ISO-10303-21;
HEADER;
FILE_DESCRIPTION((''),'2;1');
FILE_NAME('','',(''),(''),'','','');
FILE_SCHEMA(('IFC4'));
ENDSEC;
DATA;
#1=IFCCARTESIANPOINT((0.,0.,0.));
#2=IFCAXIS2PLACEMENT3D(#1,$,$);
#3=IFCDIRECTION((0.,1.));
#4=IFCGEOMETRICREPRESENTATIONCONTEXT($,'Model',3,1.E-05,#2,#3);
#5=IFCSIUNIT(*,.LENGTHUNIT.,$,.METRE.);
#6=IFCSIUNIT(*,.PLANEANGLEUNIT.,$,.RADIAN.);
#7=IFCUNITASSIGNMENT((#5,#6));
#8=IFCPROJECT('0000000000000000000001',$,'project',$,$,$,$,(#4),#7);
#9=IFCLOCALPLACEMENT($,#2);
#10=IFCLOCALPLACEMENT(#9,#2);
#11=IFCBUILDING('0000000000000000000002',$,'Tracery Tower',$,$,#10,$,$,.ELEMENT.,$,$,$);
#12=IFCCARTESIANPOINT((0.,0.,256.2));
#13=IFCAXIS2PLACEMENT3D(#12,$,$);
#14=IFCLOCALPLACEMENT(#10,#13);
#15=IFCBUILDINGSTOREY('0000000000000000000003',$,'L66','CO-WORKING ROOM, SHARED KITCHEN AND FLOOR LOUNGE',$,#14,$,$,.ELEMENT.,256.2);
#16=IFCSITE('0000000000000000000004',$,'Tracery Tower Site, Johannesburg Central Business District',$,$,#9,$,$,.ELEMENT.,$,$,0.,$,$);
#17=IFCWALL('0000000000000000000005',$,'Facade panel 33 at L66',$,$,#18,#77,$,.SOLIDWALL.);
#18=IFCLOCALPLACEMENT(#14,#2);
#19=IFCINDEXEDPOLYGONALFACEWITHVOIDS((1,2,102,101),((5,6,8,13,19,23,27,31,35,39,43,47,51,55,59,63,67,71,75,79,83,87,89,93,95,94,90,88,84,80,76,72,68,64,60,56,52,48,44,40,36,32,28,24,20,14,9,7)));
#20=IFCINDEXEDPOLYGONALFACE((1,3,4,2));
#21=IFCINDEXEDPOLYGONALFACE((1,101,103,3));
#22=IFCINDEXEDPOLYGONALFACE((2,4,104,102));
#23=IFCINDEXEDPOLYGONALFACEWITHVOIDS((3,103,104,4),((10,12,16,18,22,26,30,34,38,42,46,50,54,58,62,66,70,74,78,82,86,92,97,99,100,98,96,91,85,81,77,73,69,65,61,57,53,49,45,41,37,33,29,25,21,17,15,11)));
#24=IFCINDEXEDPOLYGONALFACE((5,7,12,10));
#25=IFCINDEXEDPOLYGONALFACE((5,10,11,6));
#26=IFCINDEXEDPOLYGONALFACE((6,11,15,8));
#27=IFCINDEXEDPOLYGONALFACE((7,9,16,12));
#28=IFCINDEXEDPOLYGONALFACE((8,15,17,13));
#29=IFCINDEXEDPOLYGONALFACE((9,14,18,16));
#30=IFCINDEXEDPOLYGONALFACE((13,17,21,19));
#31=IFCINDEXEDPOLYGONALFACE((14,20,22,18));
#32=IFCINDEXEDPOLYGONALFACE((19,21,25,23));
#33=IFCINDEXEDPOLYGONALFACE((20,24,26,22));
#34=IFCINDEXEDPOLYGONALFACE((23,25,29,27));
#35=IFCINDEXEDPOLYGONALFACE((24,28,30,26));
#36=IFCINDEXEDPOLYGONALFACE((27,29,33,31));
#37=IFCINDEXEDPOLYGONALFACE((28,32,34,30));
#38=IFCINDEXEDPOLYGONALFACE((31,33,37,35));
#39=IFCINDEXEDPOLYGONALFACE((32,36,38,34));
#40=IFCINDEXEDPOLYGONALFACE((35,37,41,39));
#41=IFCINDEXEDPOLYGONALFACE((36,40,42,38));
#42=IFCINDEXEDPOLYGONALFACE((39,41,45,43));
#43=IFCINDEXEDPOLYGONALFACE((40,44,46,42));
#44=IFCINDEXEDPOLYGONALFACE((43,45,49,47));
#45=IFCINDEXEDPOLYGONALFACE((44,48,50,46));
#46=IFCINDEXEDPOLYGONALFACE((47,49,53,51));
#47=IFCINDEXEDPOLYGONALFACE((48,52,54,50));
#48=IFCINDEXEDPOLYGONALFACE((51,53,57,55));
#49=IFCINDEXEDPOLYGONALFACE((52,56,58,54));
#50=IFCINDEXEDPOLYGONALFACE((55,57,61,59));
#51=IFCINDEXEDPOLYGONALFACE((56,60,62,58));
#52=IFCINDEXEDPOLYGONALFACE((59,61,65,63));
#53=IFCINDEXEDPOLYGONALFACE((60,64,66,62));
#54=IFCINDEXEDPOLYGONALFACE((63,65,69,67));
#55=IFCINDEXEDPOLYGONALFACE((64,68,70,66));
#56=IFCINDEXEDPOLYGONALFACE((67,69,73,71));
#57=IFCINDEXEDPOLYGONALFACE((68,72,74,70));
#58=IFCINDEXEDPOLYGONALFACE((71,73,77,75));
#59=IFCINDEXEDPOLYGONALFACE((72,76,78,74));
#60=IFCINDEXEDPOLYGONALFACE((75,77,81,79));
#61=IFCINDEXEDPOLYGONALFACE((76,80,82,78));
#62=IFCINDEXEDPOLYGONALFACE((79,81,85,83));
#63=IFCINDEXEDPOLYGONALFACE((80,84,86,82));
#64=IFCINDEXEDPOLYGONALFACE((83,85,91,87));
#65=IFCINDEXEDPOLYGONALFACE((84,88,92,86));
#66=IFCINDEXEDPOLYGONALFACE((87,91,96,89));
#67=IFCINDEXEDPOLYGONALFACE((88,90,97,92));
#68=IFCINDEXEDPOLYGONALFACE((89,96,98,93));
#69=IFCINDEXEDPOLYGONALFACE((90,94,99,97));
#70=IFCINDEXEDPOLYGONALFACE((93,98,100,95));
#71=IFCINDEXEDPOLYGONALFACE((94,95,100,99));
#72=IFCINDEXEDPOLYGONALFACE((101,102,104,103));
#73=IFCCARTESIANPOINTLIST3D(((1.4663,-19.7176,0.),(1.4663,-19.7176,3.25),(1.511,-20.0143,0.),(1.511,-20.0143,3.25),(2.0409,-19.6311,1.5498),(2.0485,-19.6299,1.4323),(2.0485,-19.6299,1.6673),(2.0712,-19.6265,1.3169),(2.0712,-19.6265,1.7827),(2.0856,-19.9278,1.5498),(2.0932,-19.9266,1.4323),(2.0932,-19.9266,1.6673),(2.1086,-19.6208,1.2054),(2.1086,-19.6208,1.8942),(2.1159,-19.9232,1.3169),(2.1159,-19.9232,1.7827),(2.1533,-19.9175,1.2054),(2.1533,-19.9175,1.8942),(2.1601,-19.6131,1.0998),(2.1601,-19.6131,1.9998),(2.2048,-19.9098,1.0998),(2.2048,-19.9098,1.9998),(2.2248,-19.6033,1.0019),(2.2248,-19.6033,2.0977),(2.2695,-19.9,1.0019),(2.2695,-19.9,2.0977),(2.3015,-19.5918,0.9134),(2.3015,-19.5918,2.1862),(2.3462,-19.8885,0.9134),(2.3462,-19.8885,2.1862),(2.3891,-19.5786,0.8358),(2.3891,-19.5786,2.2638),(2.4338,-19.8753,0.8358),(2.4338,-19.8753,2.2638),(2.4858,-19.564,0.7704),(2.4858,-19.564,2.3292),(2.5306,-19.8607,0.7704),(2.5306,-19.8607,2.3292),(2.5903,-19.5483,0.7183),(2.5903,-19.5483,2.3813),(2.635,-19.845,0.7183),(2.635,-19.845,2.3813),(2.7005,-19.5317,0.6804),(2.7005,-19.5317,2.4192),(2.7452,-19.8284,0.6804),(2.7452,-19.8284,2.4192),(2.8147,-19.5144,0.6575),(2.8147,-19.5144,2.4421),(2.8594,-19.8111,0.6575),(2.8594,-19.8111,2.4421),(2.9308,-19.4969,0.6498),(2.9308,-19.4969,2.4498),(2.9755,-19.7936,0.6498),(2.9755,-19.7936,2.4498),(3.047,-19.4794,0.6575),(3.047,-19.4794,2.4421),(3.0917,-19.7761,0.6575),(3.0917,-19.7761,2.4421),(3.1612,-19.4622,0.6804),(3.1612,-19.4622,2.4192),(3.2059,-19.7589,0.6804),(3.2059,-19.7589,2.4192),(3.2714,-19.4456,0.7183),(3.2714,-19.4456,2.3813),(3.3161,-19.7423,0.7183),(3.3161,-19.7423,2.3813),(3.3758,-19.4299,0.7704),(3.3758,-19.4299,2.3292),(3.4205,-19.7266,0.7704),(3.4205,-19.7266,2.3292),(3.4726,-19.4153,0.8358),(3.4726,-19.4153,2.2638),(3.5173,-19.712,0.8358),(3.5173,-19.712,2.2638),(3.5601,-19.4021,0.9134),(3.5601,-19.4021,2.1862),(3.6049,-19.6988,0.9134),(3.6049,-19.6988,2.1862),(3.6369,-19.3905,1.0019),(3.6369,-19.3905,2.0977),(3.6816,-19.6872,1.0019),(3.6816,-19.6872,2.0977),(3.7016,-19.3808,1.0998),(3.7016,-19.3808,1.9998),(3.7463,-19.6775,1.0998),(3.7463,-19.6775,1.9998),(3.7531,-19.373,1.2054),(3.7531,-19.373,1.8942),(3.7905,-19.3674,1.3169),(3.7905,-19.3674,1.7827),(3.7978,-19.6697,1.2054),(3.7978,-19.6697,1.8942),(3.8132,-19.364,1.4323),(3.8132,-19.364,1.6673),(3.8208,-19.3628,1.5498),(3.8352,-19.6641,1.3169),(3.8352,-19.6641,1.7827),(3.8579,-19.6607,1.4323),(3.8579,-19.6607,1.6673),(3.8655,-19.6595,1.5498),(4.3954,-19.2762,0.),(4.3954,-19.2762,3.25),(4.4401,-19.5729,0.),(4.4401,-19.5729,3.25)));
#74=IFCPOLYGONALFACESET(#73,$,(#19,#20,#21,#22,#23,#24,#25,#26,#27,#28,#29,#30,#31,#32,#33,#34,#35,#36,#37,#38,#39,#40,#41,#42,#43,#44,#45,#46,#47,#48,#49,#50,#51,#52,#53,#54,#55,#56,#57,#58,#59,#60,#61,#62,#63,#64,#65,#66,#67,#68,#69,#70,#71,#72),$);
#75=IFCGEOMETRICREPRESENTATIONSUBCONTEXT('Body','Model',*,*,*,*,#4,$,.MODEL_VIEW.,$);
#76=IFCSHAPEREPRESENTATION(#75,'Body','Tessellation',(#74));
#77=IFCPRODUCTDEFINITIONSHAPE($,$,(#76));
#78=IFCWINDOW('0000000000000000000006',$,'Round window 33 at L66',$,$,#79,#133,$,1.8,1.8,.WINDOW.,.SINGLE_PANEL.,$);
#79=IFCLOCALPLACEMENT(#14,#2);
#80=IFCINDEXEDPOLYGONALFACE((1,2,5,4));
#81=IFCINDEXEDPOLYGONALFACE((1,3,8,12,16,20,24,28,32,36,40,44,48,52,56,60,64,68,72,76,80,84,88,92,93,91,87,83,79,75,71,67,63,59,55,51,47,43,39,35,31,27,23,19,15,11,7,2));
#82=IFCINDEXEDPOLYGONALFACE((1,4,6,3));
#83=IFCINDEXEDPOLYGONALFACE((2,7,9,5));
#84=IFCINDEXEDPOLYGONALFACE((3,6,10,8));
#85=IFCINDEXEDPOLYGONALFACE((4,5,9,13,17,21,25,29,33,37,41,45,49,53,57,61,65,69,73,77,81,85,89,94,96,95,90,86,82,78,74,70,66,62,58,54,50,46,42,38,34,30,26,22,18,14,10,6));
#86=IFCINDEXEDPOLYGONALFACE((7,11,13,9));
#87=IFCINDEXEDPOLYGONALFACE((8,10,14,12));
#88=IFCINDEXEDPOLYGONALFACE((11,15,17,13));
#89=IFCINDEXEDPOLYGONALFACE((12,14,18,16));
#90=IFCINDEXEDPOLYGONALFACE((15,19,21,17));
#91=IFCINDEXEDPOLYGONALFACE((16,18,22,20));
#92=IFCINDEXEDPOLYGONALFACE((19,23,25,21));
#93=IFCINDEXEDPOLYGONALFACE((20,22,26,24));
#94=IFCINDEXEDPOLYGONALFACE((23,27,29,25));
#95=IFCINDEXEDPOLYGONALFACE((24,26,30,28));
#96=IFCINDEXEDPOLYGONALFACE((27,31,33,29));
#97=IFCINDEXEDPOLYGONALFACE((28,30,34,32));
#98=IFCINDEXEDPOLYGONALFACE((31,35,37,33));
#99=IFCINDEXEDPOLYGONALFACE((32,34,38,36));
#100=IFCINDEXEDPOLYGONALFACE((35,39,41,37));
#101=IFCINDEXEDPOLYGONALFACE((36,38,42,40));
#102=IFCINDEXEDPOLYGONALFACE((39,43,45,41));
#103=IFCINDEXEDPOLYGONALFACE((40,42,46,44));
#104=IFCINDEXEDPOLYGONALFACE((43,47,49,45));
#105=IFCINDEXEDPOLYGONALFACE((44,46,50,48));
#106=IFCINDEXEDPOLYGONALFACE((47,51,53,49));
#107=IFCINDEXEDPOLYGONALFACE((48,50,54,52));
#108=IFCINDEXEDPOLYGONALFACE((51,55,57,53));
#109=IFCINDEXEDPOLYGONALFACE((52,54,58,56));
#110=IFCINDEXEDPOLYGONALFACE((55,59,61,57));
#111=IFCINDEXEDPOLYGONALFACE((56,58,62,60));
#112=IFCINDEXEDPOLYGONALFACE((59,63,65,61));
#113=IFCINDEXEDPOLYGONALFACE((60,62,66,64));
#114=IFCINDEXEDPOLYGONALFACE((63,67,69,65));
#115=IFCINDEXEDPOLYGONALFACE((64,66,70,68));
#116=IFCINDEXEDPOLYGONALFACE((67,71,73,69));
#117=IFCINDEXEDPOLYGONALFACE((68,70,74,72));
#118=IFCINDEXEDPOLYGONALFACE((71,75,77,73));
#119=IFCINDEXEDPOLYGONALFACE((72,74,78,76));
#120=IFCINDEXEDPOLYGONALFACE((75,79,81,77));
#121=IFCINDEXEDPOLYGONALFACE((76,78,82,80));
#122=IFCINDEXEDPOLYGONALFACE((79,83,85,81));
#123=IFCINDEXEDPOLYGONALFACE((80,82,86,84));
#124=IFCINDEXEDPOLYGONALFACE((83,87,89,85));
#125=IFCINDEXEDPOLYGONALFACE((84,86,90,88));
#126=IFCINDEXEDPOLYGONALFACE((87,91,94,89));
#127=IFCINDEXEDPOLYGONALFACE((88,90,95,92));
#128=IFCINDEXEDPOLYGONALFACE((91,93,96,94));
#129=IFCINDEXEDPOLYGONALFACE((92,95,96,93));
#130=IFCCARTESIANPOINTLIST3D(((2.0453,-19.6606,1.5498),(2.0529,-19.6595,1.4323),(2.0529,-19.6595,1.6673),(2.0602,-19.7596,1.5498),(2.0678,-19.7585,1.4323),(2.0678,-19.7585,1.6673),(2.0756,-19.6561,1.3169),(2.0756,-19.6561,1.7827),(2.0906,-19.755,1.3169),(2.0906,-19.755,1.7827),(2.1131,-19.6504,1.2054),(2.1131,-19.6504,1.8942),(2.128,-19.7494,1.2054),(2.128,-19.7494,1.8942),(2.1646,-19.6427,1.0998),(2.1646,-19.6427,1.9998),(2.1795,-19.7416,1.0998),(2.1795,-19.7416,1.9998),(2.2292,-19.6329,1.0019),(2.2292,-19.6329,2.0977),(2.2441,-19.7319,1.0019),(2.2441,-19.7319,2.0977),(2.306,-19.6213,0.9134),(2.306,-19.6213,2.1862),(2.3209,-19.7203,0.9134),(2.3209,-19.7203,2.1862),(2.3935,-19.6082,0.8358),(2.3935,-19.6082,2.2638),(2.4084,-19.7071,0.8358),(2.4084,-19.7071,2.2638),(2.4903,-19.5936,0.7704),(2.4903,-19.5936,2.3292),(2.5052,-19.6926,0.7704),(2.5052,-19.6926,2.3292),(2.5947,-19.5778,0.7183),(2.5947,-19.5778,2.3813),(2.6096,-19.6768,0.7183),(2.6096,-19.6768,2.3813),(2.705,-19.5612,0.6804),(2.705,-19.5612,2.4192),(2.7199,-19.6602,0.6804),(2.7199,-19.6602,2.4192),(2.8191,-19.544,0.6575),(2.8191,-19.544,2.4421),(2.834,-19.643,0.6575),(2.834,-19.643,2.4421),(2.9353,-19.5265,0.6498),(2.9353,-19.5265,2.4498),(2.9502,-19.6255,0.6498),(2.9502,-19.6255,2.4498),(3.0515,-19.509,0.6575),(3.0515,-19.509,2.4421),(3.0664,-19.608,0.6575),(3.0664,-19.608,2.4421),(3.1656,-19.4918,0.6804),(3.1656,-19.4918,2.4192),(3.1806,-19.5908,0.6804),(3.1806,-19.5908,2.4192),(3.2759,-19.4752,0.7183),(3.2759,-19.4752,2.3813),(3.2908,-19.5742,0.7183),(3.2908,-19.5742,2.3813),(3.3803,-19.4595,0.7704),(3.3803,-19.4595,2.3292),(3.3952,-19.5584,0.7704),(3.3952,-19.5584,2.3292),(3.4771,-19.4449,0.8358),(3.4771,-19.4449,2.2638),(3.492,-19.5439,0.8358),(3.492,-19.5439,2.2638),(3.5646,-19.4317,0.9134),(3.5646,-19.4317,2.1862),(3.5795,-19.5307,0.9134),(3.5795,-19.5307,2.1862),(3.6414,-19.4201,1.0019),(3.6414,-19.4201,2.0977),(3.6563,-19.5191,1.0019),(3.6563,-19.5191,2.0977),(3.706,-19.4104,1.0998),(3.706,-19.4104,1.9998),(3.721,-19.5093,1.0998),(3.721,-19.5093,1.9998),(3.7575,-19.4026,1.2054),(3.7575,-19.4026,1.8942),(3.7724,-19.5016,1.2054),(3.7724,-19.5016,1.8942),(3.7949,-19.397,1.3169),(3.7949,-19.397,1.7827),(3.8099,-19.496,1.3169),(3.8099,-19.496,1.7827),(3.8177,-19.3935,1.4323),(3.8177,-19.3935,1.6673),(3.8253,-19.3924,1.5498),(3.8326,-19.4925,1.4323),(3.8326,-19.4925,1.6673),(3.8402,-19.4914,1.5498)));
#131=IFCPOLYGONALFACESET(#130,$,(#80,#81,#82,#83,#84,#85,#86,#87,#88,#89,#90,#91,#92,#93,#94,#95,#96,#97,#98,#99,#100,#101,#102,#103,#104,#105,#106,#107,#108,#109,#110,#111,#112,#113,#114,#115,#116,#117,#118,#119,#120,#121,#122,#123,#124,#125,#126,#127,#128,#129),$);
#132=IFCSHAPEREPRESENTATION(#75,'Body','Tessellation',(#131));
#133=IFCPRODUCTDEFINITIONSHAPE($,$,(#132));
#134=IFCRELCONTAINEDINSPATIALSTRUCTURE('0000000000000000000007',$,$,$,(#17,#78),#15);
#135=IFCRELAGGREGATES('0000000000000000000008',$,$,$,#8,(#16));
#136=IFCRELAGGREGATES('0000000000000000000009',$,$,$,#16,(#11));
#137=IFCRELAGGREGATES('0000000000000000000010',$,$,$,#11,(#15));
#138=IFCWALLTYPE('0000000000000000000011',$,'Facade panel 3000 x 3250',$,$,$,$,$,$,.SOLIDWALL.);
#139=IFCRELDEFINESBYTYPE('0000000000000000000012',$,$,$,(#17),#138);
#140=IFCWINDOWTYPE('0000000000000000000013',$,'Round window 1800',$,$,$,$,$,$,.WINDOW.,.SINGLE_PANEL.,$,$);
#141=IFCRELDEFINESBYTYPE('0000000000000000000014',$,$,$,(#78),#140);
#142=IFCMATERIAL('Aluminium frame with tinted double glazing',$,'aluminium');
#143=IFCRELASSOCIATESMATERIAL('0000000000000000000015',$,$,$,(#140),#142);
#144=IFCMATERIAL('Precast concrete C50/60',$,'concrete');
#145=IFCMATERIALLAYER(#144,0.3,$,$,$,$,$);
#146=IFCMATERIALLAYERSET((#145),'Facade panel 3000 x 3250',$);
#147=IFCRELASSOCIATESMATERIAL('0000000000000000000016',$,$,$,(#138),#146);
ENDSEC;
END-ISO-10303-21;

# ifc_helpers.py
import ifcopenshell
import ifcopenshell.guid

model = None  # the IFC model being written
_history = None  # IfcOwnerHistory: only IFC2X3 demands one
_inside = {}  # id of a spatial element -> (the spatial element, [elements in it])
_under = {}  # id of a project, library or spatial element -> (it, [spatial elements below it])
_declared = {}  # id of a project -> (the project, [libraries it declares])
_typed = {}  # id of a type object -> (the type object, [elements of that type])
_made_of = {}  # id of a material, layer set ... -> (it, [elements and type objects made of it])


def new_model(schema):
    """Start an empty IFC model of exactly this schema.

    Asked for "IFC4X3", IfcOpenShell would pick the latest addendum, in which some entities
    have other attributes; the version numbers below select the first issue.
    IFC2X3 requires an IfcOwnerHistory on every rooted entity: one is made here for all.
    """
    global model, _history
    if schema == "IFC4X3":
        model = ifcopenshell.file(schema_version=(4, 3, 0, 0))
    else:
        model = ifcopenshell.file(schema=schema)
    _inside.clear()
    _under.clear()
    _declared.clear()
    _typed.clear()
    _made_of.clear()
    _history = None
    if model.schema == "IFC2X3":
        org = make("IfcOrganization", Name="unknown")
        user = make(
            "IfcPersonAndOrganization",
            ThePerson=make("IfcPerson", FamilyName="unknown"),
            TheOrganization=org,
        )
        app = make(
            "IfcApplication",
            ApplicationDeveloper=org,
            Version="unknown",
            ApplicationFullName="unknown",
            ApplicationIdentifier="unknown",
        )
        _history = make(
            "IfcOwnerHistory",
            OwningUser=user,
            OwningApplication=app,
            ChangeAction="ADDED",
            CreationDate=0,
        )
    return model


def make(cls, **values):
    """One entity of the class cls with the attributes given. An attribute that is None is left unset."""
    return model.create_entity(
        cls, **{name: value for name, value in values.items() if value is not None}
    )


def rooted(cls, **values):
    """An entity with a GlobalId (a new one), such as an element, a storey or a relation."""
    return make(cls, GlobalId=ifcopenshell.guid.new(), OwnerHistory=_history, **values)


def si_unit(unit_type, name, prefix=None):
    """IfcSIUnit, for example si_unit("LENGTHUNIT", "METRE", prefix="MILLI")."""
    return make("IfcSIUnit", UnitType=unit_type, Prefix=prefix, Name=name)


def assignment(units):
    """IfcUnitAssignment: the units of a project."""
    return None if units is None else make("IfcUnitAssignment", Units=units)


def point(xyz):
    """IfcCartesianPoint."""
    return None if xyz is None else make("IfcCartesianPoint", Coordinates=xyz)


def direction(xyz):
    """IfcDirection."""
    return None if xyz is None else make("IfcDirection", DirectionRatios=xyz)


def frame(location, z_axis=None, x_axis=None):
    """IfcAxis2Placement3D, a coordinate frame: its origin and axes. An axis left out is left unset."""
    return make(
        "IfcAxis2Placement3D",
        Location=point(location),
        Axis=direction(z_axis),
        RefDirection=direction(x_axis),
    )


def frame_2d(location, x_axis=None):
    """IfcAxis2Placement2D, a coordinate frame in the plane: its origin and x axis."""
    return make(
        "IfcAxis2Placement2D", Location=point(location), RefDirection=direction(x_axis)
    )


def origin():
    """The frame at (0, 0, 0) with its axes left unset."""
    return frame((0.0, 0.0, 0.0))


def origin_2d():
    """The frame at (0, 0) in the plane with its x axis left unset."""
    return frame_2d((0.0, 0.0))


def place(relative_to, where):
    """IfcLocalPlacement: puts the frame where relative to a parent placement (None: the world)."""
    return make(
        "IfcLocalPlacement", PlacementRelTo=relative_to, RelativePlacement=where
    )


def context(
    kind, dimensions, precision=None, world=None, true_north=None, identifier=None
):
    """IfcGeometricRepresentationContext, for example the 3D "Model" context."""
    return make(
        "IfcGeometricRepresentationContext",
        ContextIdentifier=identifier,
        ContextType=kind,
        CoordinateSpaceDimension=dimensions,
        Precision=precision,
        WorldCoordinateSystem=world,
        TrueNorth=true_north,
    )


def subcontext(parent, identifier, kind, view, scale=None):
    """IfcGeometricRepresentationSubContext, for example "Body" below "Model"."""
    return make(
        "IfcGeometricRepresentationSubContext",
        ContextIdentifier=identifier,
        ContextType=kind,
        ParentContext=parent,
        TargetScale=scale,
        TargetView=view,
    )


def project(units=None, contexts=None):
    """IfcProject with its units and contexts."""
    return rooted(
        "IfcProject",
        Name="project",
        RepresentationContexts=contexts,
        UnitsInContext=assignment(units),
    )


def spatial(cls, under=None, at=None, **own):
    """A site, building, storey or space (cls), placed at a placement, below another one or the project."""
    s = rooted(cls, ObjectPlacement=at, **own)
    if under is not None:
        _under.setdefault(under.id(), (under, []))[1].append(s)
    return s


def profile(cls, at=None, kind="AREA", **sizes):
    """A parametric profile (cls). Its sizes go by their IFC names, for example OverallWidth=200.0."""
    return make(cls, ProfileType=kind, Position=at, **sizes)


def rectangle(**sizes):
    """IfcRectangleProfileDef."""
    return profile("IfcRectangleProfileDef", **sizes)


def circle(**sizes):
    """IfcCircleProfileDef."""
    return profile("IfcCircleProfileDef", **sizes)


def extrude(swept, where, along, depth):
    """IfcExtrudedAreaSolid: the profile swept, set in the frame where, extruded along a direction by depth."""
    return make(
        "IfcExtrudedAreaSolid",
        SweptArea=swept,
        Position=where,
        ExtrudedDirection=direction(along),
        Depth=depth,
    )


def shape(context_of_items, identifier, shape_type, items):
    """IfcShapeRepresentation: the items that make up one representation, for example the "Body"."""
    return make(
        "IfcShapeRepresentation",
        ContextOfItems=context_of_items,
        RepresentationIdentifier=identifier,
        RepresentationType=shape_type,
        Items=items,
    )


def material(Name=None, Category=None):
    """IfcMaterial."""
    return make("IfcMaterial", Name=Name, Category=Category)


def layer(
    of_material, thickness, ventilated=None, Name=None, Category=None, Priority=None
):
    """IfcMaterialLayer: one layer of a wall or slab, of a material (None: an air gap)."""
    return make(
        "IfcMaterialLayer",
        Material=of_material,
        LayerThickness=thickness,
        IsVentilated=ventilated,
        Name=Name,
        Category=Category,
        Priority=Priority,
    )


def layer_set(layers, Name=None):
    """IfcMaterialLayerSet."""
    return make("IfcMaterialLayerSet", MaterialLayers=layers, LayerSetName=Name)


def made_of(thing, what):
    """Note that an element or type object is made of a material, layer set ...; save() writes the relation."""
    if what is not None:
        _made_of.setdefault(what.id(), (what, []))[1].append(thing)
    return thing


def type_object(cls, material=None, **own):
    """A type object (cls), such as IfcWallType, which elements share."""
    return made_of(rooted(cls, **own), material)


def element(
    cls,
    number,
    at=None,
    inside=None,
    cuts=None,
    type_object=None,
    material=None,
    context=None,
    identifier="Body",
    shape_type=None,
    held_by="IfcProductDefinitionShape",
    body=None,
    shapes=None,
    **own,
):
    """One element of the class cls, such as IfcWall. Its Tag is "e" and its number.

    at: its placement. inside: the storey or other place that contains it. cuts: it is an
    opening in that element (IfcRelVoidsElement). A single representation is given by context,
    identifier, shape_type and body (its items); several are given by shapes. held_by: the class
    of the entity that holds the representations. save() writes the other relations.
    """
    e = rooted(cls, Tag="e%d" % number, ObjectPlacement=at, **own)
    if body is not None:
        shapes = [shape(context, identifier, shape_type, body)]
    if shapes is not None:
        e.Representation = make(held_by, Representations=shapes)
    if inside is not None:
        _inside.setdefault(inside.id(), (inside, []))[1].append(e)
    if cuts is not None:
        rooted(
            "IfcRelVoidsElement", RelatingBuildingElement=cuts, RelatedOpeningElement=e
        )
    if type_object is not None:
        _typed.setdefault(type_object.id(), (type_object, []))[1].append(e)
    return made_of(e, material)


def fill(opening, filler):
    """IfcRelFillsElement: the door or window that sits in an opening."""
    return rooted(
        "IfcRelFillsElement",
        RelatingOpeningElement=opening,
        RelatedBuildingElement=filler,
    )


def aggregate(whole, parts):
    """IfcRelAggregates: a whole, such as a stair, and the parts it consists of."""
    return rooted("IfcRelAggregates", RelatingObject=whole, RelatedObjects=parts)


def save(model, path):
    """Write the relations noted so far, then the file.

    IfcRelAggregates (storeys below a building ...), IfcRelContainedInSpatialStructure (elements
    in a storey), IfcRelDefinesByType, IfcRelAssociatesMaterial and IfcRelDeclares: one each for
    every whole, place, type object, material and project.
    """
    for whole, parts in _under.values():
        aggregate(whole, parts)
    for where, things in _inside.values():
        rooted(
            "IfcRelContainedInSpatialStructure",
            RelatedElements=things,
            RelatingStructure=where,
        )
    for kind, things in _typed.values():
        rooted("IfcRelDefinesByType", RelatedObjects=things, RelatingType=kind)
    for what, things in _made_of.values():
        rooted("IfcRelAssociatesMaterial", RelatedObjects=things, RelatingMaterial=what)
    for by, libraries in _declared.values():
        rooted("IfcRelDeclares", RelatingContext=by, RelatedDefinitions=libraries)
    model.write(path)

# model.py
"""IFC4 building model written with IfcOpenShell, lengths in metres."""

from ifc_helpers import new_model, si_unit, direction, frame, frame_2d, origin, origin_2d, place, context, subcontext, project, spatial, rectangle, circle, extrude, material, layer, layer_set, type_object, element, fill, save


model = new_model("IFC4")

# Units and contexts
model_context = context("Model", 3, precision=1e-05, world=origin(), true_north=direction((0.0, 1.0)))
body_context = subcontext(model_context, "Body", "Model", "MODEL_VIEW")
ifc_project = project(units=[si_unit("LENGTHUNIT", "METRE"), si_unit("PLANEANGLEUNIT", "RADIAN")], contexts=[model_context])

# Site, building, storey
site_placement = place(None, origin())
site = spatial("IfcSite", under=ifc_project, at=site_placement, Name="Tracery Tower Site, Johannesburg Central Business District", CompositionType="ELEMENT", RefElevation=0.0)
building_placement = place(site_placement, origin())
building = spatial("IfcBuilding", under=site, at=building_placement, Name="Tracery Tower", CompositionType="ELEMENT")
storey_placement = place(building_placement, frame((0.0, 0.0, 256.2)))
storey = spatial("IfcBuildingStorey", under=building, at=storey_placement, Name="L66", Description="CO-WORKING ROOM, SHARED KITCHEN AND FLOOR LOUNGE", CompositionType="ELEMENT", Elevation=256.2)

# Wall, opening, window
ifc_material_1 = material(Name="Aluminium frame with tinted double glazing", Category="aluminium")
window_type = type_object("IfcWindowType", Name="Round window 1800", PartitioningType="SINGLE_PANEL", PredefinedType="WINDOW", material=ifc_material_1)
ifc_material_2 = material(Name="Precast concrete C50/60", Category="concrete")
ifc_layer_1 = layer(ifc_material_2, 0.3)
ifc_layer_set_1 = layer_set([ifc_layer_1], Name="Facade panel 3000 x 3250")
wall_type_1 = type_object("IfcWallType", Name="Facade panel 3000 x 3250", PredefinedType="SOLIDWALL", material=ifc_layer_set_1)
wall_1_placement = place(storey_placement, frame((1.4888, -19.866, 0.0), z_axis=(0.0, 0.0, 1.0), x_axis=(0.988836, 0.149009, 0.0)))
wall_1 = element("IfcWall", 1, at=wall_1_placement, inside=storey, type_object=wall_type_1, Name="Facade panel 33 at L66", PredefinedType="SOLIDWALL", context=body_context, shape_type="SweptSolid", body=[
    extrude(rectangle(XDim=2.9622, YDim=0.3, at=frame_2d((1.481, 0.0))), origin(), (0.0, 0.0, 1.0), 3.25),
])
opening_1_placement = place(wall_1_placement, frame((1.481, 0.0, 1.5498)))
opening_1 = element("IfcOpeningElement", 2, at=opening_1_placement, cuts=wall_1, PredefinedType="OPENING", context=body_context, shape_type="SweptSolid", body=[
    extrude(circle(Radius=0.9, at=origin_2d()), frame((0.0, 0.1599, 0.0), z_axis=(0.0, -1.0, 0.0), x_axis=(1.0, 0.0, 0.0)), (0.0, 0.0, 1.0), 0.3201),
])
window_1_placement = place(opening_1_placement, origin())
window_1 = element("IfcWindow", 3, at=window_1_placement, inside=storey, type_object=window_type, Name="Round window 33 at L66", OverallHeight=1.8, OverallWidth=1.8, PartitioningType="SINGLE_PANEL", PredefinedType="WINDOW", context=body_context, shape_type="SweptSolid", body=[
    extrude(circle(Radius=0.9, at=origin_2d()), frame((0.0, 0.1201, 0.0), z_axis=(0.0, -1.0, 0.0), x_axis=(1.0, 0.0, 0.0)), (0.0, 0.0, 1.0), 0.1001),
])
fill(opening_1, window_1)

save(model, "model.ifc")
